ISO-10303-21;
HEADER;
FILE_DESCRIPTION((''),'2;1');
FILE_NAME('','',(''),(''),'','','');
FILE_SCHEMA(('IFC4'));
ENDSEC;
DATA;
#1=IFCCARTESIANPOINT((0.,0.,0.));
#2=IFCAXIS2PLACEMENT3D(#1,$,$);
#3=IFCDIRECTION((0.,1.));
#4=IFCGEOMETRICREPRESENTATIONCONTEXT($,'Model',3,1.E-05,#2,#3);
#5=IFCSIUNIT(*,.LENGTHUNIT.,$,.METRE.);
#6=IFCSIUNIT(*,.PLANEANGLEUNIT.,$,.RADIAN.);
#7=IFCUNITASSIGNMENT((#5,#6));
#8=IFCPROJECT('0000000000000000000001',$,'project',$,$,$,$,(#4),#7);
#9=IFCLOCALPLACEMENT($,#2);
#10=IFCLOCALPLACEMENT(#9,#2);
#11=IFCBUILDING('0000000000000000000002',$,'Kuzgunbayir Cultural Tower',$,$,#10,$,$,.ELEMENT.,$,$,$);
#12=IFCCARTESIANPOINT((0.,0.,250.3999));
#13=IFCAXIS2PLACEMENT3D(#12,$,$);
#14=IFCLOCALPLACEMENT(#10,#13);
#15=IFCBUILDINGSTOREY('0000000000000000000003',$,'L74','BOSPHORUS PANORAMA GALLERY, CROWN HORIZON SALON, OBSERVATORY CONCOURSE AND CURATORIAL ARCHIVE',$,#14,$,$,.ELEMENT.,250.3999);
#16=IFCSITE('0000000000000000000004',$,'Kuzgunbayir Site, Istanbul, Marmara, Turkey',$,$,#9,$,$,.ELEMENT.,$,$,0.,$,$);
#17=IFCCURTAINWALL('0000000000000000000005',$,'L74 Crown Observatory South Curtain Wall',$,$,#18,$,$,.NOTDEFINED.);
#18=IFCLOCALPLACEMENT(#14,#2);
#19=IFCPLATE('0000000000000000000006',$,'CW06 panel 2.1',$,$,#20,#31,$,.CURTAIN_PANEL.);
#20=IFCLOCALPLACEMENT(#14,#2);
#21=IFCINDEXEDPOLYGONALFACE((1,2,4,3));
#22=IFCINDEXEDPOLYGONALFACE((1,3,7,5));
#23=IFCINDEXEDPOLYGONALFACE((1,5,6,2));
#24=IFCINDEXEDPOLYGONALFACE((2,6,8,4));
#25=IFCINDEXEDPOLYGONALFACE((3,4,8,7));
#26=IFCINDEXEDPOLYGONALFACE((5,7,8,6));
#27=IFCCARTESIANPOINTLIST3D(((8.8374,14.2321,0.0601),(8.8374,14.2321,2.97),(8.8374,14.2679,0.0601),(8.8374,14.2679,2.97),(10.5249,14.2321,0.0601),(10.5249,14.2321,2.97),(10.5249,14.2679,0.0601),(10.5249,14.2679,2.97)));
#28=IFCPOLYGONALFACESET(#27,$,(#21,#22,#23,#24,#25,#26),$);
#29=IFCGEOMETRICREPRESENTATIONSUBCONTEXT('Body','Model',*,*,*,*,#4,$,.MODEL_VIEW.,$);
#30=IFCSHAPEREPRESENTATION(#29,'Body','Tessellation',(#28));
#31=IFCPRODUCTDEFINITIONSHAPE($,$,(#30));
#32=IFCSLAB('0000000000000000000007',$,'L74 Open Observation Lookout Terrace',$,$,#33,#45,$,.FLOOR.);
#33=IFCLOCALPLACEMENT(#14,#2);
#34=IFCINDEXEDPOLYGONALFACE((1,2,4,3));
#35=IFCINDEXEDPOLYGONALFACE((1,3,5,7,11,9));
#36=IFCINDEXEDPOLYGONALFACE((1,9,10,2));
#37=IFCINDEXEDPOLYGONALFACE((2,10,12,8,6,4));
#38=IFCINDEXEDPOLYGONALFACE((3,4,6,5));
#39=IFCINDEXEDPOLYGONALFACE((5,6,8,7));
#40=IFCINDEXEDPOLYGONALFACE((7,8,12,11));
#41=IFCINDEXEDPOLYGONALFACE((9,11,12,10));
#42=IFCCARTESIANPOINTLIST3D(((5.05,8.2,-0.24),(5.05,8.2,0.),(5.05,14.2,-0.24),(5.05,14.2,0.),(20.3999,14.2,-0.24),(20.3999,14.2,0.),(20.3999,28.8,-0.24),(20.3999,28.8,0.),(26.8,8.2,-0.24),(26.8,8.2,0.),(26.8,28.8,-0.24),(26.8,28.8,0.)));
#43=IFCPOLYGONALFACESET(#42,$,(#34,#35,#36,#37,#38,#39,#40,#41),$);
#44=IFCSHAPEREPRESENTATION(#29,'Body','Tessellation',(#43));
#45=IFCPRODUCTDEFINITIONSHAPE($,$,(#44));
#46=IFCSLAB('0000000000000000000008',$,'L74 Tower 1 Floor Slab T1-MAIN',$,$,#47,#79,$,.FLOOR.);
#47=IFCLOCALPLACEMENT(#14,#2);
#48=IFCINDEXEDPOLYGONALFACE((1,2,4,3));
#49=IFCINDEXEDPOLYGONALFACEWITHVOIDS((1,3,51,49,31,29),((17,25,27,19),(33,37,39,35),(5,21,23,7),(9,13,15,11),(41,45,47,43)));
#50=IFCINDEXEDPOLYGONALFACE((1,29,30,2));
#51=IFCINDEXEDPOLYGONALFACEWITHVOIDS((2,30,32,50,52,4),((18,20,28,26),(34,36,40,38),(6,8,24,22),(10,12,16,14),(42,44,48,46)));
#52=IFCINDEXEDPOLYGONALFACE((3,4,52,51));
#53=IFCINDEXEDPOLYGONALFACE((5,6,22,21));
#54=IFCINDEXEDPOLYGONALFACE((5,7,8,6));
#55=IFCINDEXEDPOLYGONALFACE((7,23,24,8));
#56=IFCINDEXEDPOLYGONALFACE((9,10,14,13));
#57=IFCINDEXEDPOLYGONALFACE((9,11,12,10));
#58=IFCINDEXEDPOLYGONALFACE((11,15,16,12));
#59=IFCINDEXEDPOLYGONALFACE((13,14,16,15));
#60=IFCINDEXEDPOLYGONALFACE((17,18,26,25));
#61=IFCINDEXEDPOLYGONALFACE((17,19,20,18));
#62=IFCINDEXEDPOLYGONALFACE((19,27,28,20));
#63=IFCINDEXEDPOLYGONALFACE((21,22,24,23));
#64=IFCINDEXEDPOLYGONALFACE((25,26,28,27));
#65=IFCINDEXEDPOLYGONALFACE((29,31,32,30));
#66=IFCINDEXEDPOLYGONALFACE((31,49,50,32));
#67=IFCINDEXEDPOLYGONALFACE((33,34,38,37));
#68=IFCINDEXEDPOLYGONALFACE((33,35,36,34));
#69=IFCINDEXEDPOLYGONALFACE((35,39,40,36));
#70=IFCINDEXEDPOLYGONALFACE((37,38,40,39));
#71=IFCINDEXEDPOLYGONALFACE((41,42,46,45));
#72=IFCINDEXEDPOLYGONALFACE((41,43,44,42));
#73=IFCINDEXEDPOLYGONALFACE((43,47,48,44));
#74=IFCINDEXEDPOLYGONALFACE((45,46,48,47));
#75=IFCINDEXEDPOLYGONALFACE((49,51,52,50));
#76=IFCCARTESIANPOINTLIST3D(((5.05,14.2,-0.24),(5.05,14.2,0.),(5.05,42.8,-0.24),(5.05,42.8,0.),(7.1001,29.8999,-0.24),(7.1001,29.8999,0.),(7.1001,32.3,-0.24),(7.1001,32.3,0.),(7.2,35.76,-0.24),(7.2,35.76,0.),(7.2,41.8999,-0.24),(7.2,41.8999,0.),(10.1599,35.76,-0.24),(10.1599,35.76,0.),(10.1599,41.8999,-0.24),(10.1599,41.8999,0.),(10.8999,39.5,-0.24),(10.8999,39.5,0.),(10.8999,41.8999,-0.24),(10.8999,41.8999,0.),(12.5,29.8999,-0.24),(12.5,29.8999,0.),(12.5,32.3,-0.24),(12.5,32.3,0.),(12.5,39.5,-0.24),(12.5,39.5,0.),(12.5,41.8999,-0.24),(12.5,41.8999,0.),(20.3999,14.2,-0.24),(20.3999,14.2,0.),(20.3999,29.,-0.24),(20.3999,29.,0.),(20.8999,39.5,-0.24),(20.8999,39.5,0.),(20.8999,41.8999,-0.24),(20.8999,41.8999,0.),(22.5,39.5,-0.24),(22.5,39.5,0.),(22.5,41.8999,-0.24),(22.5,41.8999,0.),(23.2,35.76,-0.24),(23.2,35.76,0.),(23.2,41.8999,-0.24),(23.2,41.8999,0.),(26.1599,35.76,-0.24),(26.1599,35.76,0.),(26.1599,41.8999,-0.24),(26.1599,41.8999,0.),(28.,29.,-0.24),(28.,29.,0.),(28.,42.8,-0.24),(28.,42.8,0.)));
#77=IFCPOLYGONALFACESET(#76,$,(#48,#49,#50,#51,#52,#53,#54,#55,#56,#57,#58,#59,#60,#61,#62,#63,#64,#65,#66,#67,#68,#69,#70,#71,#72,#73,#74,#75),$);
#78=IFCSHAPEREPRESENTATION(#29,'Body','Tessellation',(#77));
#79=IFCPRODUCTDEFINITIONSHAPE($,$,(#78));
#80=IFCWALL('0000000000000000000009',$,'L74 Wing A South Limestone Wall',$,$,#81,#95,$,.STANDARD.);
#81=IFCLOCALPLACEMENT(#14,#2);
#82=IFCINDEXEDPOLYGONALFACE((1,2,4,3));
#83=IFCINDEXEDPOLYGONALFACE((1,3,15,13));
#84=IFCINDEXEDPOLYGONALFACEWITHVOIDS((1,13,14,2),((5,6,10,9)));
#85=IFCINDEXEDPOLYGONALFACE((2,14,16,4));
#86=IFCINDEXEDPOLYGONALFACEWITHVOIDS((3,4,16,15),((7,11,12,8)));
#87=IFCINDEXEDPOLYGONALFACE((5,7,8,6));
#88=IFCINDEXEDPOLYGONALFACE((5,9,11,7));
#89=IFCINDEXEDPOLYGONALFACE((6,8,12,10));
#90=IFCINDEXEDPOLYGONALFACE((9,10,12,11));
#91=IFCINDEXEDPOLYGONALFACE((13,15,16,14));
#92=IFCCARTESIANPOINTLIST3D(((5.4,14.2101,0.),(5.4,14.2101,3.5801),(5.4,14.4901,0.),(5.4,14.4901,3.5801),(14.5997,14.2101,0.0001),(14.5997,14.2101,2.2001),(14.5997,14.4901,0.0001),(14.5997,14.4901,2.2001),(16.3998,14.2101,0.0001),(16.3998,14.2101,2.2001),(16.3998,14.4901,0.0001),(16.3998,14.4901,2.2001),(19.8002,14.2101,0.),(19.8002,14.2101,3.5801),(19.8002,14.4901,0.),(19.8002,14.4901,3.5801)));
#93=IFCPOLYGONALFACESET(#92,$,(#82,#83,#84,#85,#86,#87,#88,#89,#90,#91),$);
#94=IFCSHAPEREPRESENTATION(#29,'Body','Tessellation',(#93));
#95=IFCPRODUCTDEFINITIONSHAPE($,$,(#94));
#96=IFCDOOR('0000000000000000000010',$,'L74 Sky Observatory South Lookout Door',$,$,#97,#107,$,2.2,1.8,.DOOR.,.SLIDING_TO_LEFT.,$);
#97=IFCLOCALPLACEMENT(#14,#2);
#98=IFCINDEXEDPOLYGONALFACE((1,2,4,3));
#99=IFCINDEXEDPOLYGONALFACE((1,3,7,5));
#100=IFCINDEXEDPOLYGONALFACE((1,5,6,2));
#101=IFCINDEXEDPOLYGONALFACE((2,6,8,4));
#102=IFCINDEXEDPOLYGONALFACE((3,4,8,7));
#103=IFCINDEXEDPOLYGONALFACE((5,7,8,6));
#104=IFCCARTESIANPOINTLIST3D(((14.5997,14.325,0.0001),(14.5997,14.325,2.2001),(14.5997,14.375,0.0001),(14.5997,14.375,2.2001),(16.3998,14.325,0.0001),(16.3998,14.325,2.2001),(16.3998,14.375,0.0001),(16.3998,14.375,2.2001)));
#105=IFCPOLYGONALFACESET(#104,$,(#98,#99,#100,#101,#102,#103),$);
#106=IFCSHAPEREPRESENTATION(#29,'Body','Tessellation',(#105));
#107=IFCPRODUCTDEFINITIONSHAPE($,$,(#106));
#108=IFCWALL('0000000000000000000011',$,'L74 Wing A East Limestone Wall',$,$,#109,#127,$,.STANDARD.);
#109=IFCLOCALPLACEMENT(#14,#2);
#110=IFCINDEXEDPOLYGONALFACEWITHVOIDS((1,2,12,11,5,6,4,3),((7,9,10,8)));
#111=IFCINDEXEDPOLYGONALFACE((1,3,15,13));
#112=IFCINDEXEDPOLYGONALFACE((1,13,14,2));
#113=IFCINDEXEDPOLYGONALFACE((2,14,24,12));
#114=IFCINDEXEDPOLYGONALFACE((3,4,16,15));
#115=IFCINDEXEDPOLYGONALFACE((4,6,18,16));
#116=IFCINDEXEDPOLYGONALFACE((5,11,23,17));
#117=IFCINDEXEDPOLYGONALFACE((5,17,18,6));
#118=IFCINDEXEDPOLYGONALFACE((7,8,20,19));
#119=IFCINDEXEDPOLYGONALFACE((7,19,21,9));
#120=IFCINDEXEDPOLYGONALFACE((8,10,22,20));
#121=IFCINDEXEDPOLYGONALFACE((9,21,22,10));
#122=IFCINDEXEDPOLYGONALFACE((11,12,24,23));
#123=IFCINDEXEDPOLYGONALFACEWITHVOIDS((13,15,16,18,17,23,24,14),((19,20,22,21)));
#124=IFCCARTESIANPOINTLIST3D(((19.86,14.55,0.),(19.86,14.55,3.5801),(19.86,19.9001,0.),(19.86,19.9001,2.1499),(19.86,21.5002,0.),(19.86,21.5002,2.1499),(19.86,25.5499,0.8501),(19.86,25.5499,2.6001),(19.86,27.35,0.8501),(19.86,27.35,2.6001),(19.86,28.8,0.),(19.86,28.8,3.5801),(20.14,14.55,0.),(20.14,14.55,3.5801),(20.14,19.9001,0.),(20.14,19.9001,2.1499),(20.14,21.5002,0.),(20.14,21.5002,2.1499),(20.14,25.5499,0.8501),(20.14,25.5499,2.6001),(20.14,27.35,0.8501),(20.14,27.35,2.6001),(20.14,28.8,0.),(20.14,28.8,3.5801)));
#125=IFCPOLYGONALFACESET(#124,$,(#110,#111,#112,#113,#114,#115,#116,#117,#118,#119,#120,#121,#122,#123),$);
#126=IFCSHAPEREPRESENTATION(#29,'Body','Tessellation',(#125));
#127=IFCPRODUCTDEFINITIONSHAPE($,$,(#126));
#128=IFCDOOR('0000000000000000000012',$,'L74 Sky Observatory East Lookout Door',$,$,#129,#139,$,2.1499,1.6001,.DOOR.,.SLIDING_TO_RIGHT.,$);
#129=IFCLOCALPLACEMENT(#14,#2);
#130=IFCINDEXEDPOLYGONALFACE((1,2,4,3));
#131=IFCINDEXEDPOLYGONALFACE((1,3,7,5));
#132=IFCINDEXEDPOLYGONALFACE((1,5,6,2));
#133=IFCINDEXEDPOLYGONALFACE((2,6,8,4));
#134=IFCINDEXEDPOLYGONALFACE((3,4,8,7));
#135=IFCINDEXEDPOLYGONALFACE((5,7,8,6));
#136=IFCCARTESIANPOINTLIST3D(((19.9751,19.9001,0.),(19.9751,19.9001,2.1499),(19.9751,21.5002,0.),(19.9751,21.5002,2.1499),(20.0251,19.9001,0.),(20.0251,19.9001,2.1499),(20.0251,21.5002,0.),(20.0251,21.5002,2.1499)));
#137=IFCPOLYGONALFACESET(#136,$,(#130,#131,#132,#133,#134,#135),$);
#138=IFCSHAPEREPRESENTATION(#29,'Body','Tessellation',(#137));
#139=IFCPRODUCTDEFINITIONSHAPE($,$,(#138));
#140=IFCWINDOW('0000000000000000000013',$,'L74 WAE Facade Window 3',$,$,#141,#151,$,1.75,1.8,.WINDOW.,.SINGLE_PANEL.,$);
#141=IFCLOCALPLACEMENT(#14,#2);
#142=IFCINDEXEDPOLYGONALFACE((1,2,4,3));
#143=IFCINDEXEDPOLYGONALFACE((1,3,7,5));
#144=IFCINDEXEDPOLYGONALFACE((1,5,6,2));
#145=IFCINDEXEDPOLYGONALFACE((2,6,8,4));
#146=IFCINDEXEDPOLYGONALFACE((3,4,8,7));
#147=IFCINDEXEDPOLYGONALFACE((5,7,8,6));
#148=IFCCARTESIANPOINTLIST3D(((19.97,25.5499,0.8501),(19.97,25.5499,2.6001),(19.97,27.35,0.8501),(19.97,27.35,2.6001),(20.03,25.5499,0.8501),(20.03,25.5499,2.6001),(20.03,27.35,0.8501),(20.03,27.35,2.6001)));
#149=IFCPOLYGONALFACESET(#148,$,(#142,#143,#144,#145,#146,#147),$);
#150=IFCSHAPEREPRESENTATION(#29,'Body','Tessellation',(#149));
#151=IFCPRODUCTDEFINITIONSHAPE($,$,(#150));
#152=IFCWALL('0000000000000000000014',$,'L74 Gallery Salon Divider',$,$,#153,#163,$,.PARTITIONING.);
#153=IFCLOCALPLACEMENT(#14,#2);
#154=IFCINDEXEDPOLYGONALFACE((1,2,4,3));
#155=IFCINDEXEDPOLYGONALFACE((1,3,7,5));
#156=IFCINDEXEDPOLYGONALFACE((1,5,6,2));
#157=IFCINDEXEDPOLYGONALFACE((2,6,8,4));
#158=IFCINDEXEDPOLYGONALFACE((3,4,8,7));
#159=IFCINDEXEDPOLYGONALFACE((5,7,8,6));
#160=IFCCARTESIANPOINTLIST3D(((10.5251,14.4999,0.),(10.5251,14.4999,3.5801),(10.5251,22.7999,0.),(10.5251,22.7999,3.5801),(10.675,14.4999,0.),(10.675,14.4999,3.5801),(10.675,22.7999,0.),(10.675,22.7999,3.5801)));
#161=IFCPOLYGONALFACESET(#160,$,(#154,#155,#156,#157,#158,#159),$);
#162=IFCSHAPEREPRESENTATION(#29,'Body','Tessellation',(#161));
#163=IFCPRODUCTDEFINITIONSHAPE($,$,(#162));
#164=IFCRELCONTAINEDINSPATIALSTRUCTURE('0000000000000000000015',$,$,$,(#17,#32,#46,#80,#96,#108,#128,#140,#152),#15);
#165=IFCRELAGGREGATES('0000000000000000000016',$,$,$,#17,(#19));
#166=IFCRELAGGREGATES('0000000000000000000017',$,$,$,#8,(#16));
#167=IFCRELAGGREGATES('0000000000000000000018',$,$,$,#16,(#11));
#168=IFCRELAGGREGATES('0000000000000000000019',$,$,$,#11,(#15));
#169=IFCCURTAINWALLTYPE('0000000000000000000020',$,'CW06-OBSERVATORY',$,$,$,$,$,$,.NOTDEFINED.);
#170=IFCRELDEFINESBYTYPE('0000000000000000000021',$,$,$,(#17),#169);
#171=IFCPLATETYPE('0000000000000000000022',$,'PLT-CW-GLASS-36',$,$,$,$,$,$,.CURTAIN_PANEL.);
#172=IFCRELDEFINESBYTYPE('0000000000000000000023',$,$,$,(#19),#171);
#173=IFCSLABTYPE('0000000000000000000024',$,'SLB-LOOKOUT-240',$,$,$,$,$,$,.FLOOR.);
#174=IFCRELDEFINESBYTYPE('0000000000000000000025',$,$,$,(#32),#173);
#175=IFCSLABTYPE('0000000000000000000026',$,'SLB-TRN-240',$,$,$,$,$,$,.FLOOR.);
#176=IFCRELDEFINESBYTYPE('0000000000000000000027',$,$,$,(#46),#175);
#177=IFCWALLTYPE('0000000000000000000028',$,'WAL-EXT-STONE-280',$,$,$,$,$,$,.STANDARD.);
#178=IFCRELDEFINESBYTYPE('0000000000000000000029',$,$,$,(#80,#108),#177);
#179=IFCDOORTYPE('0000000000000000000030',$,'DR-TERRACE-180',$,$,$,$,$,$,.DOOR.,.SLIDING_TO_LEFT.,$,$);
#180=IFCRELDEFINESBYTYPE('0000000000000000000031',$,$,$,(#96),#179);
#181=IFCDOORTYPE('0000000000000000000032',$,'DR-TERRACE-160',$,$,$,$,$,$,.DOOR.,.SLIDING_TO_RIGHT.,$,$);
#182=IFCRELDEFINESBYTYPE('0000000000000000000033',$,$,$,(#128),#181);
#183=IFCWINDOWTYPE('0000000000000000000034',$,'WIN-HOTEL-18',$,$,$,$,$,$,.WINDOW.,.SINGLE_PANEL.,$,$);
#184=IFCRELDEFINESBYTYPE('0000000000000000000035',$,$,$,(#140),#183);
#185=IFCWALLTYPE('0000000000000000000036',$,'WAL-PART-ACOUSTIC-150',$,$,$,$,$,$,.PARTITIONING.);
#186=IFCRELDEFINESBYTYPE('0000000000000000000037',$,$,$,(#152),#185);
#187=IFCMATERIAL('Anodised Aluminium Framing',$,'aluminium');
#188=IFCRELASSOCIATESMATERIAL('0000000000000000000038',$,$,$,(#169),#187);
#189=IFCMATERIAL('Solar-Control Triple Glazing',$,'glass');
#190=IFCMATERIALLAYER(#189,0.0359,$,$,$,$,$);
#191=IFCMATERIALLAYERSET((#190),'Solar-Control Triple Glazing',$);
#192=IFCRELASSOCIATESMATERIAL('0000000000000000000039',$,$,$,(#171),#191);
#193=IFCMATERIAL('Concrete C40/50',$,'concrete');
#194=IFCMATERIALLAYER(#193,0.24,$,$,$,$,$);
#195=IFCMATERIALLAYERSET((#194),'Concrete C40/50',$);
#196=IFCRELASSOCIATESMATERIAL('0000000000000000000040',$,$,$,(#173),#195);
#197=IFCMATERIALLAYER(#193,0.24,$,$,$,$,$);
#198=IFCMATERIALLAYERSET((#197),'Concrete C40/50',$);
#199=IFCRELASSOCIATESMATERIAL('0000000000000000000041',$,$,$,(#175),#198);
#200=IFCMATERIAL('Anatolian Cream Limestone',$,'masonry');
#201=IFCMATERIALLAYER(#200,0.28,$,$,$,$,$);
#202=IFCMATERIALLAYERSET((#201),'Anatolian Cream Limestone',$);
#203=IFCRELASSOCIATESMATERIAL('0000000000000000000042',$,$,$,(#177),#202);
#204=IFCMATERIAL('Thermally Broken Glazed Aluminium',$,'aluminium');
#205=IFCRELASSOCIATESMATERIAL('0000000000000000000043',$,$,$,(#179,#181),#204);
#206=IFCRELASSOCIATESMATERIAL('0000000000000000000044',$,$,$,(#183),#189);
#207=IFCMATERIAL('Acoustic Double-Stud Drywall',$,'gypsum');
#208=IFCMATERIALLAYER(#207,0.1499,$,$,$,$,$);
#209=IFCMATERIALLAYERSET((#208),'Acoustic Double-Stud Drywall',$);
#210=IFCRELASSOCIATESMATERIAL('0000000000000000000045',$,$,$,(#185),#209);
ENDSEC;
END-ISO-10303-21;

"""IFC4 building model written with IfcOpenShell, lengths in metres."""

from ifc_helpers import new_model, si_unit, direction, frame, frame_2d, origin, origin_2d, place, context, subcontext, project, spatial, polyline, rectangle, outline, extrude, material, layer, layer_set, type_object, element, fill, aggregate, save


model = new_model("IFC4")

# Units and contexts
model_context = context("Model", 3, precision=1e-05, world=origin(), true_north=direction((0.0, 1.0)))
body_context = subcontext(model_context, "Body", "Model", "MODEL_VIEW")
ifc_project = project(units=[si_unit("LENGTHUNIT", "METRE"), si_unit("PLANEANGLEUNIT", "RADIAN")], contexts=[model_context])

# Site, building, storey
site_placement = place(None, origin())
site = spatial("IfcSite", under=ifc_project, at=site_placement, Name="Kuzgunbayir Site, Istanbul, Marmara, Turkey", CompositionType="ELEMENT", RefElevation=0.0)
building_placement = place(site_placement, origin())
building = spatial("IfcBuilding", under=site, at=building_placement, Name="Kuzgunbayir Cultural Tower", CompositionType="ELEMENT")
storey_placement = place(building_placement, frame((0.0, 0.0, 250.3999)))
storey = spatial("IfcBuildingStorey", under=building, at=storey_placement, Name="L74", Description="BOSPHORUS PANORAMA GALLERY, CROWN HORIZON SALON, OBSERVATORY CONCOURSE AND CURATORIAL ARCHIVE", CompositionType="ELEMENT", Elevation=250.3999)

# Curtain wall, plate
ifc_material_1 = material(Name="Anodised Aluminium Framing", Category="aluminium")
curtain_wall_type = type_object("IfcCurtainWallType", Name="CW06-OBSERVATORY", PredefinedType="NOTDEFINED", material=ifc_material_1)
curtain_wall_placement = place(storey_placement, origin())
curtain_wall = element("IfcCurtainWall", 1, at=curtain_wall_placement, inside=storey, type_object=curtain_wall_type, Name="L74 Crown Observatory South Curtain Wall", PredefinedType="NOTDEFINED")
ifc_material_2 = material(Name="Solar-Control Triple Glazing", Category="glass")
ifc_layer_1 = layer(ifc_material_2, 0.0359)
ifc_layer_set_1 = layer_set([ifc_layer_1], Name="Solar-Control Triple Glazing")
plate_type = type_object("IfcPlateType", Name="PLT-CW-GLASS-36", PredefinedType="CURTAIN_PANEL", material=ifc_layer_set_1)
plate_1_placement = place(storey_placement, frame((9.6812, 14.25, 0.0601), z_axis=(0.0, 0.0, 1.0), x_axis=(1.0, 0.0, 0.0)))
plate_1 = element("IfcPlate", 2, at=plate_1_placement, type_object=plate_type, Name="CW06 panel 2.1", PredefinedType="CURTAIN_PANEL", context=body_context, shape_type="SweptSolid", body=[
    extrude(rectangle(XDim=1.6875, YDim=0.0359, at=origin_2d()), origin(), (0.0, 0.0, 1.0), 2.9099),
])
aggregate(curtain_wall, [plate_1])

# Slabs
ifc_material_3 = material(Name="Concrete C40/50", Category="concrete")
ifc_layer_2 = layer(ifc_material_3, 0.24)
ifc_layer_set_2 = layer_set([ifc_layer_2], Name="Concrete C40/50")
slab_type_1 = type_object("IfcSlabType", Name="SLB-LOOKOUT-240", PredefinedType="FLOOR", material=ifc_layer_set_2)
slab_1_placement = place(storey_placement, frame((0.0, 0.0, -0.24)))
element("IfcSlab", 3, at=slab_1_placement, inside=storey, type_object=slab_type_1, Name="L74 Open Observation Lookout Terrace", PredefinedType="FLOOR", context=body_context, shape_type="SweptSolid", body=[
    extrude(outline(polyline([(5.05, 8.2), (26.8, 8.2), (26.8, 28.8), (20.3999, 28.8), (20.3999, 14.2), (5.05, 14.2), (5.05, 8.2)])), origin(), (0.0, 0.0, 1.0), 0.24),
])
ifc_layer_3 = layer(ifc_material_3, 0.24)
ifc_layer_set_3 = layer_set([ifc_layer_3], Name="Concrete C40/50")
slab_type_2 = type_object("IfcSlabType", Name="SLB-TRN-240", PredefinedType="FLOOR", material=ifc_layer_set_3)
slab_2_placement = place(storey_placement, frame((0.0, 0.0, -0.24)))
element("IfcSlab", 4, at=slab_2_placement, inside=storey, type_object=slab_type_2, Name="L74 Tower 1 Floor Slab T1-MAIN", PredefinedType="FLOOR", context=body_context, shape_type="SweptSolid", body=[
    extrude(outline(polyline([(5.05, 14.2), (20.3999, 14.2), (20.3999, 29.0), (28.0, 29.0), (28.0, 42.8), (5.05, 42.8), (5.05, 14.2)]), holes=[polyline([(7.2, 35.76), (7.2, 41.8999), (10.1599, 41.8999), (10.1599, 35.76), (7.2, 35.76)]), polyline([(23.2, 35.76), (23.2, 41.8999), (26.1599, 41.8999), (26.1599, 35.76), (23.2, 35.76)]), polyline([(7.1001, 29.8999), (7.1001, 32.3), (12.5, 32.3), (12.5, 29.8999), (7.1001, 29.8999)]), polyline([(10.8999, 39.5), (10.8999, 41.8999), (12.5, 41.8999), (12.5, 39.5), (10.8999, 39.5)]), polyline([(20.8999, 39.5), (20.8999, 41.8999), (22.5, 41.8999), (22.5, 39.5), (20.8999, 39.5)])]), origin(), (0.0, 0.0, 1.0), 0.24),
])

# Wall, opening, door
ifc_material_4 = material(Name="Anatolian Cream Limestone", Category="masonry")
ifc_layer_4 = layer(ifc_material_4, 0.28)
ifc_layer_set_4 = layer_set([ifc_layer_4], Name="Anatolian Cream Limestone")
wall_type_1 = type_object("IfcWallType", Name="WAL-EXT-STONE-280", PredefinedType="STANDARD", material=ifc_layer_set_4)
wall_1_placement = place(storey_placement, frame((5.3999, 14.3501, 0.0), z_axis=(0.0, 0.0, 1.0), x_axis=(1.0, 0.0, 0.0)))
wall_1 = element("IfcWall", 5, at=wall_1_placement, inside=storey, type_object=wall_type_1, Name="L74 Wing A South Limestone Wall", PredefinedType="STANDARD", context=body_context, shape_type="SweptSolid", body=[
    extrude(rectangle(XDim=14.4001, YDim=0.28, at=frame_2d((7.2002, 0.0))), origin(), (0.0, 0.0, 1.0), 3.5801),
])
opening_1_placement = place(wall_1_placement, frame((9.2, 0.0, 0.0)))
opening_1 = element("IfcOpeningElement", 6, at=opening_1_placement, cuts=wall_1, PredefinedType="OPENING", context=body_context, shape_type="SweptSolid", body=[
    extrude(rectangle(XDim=1.8, YDim=2.2, at=frame_2d((0.8999, 1.1001))), frame((0.0, 0.1499, 0.0), z_axis=(0.0, -1.0, 0.0), x_axis=(1.0, 0.0, 0.0)), (0.0, 0.0, 1.0), 0.3),
])
ifc_material_5 = material(Name="Thermally Broken Glazed Aluminium", Category="aluminium")
door_type_1 = type_object("IfcDoorType", Name="DR-TERRACE-180", OperationType="SLIDING_TO_LEFT", PredefinedType="DOOR", material=ifc_material_5)
door_1_placement = place(opening_1_placement, origin())
door_1 = element("IfcDoor", 7, at=door_1_placement, inside=storey, type_object=door_type_1, Name="L74 Sky Observatory South Lookout Door", OperationType="SLIDING_TO_LEFT", OverallHeight=2.2, OverallWidth=1.8, PredefinedType="DOOR", context=body_context, shape_type="SweptSolid", body=[
    extrude(rectangle(XDim=1.8, YDim=2.2, at=frame_2d((0.8999, 1.1001))), frame((0.0, 0.0249, 0.0), z_axis=(0.0, -1.0, 0.0), x_axis=(1.0, 0.0, 0.0)), (0.0, 0.0, 1.0), 0.05),
])
fill(opening_1, door_1)

# Wall, openings, door, window
wall_2_placement = place(storey_placement, frame((20.0, 14.55, 0.0), z_axis=(0.0, 0.0, 1.0), x_axis=(0.0, 1.0, 0.0)))
wall_2 = element("IfcWall", 8, at=wall_2_placement, inside=storey, type_object=wall_type_1, Name="L74 Wing A East Limestone Wall", PredefinedType="STANDARD", context=body_context, shape_type="SweptSolid", body=[
    extrude(rectangle(XDim=14.25, YDim=0.28, at=frame_2d((7.125, 0.0))), origin(), (0.0, 0.0, 1.0), 3.5801),
])
opening_2_placement = place(wall_2_placement, frame((11.0, 0.0, 0.8501)))
opening_2 = element("IfcOpeningElement", 9, at=opening_2_placement, cuts=wall_2, PredefinedType="OPENING", context=body_context, shape_type="SweptSolid", body=[
    extrude(rectangle(XDim=1.8, YDim=1.75, at=frame_2d((0.8999, 0.875))), frame((0.0, 0.1499, 0.0), z_axis=(0.0, -1.0, 0.0), x_axis=(1.0, 0.0, 0.0)), (0.0, 0.0, 1.0), 0.3),
])
opening_3_placement = place(wall_2_placement, frame((5.3501, 0.0, 0.0)))
opening_3 = element("IfcOpeningElement", 10, at=opening_3_placement, cuts=wall_2, PredefinedType="OPENING", context=body_context, shape_type="SweptSolid", body=[
    extrude(rectangle(XDim=1.6001, YDim=2.1499, at=frame_2d((0.8, 1.075))), frame((0.0, 0.1499, 0.0), z_axis=(0.0, -1.0, 0.0), x_axis=(1.0, 0.0, 0.0)), (0.0, 0.0, 1.0), 0.3),
])
door_type_2 = type_object("IfcDoorType", Name="DR-TERRACE-160", OperationType="SLIDING_TO_RIGHT", PredefinedType="DOOR", material=ifc_material_5)
door_2_placement = place(opening_3_placement, origin())
door_2 = element("IfcDoor", 11, at=door_2_placement, inside=storey, type_object=door_type_2, Name="L74 Sky Observatory East Lookout Door", OperationType="SLIDING_TO_RIGHT", OverallHeight=2.1499, OverallWidth=1.6001, PredefinedType="DOOR", context=body_context, shape_type="SweptSolid", body=[
    extrude(rectangle(XDim=1.6001, YDim=2.1499, at=frame_2d((0.8, 1.075))), frame((0.0, 0.0249, 0.0), z_axis=(0.0, -1.0, 0.0), x_axis=(1.0, 0.0, 0.0)), (0.0, 0.0, 1.0), 0.05),
])
fill(opening_3, door_2)
window_type = type_object("IfcWindowType", Name="WIN-HOTEL-18", PartitioningType="SINGLE_PANEL", PredefinedType="WINDOW", material=ifc_material_2)
window_placement = place(opening_2_placement, origin())
window = element("IfcWindow", 12, at=window_placement, inside=storey, type_object=window_type, Name="L74 WAE Facade Window 3", OverallHeight=1.75, OverallWidth=1.8, PartitioningType="SINGLE_PANEL", PredefinedType="WINDOW", context=body_context, shape_type="SweptSolid", body=[
    extrude(rectangle(XDim=1.8, YDim=1.75, at=frame_2d((0.8999, 0.875))), frame((0.0, 0.03, 0.0), z_axis=(0.0, -1.0, 0.0), x_axis=(1.0, 0.0, 0.0)), (0.0, 0.0, 1.0), 0.0601),
])
fill(opening_2, window)

# Wall
ifc_material_6 = material(Name="Acoustic Double-Stud Drywall", Category="gypsum")
ifc_layer_5 = layer(ifc_material_6, 0.1499)
ifc_layer_set_5 = layer_set([ifc_layer_5], Name="Acoustic Double-Stud Drywall")
wall_type_2 = type_object("IfcWallType", Name="WAL-PART-ACOUSTIC-150", PredefinedType="PARTITIONING", material=ifc_layer_set_5)
wall_3_placement = place(storey_placement, frame((10.6001, 14.5, 0.0), z_axis=(0.0, 0.0, 1.0), x_axis=(0.0, 1.0, 0.0)))
element("IfcWall", 13, at=wall_3_placement, inside=storey, type_object=wall_type_2, Name="L74 Gallery Salon Divider", PredefinedType="PARTITIONING", context=body_context, shape_type="SweptSolid", body=[
    extrude(rectangle(XDim=8.3, YDim=0.1499, at=frame_2d((4.1499, 0.0))), origin(), (0.0, 0.0, 1.0), 3.5801),
])

save(model, "model.ifc")
